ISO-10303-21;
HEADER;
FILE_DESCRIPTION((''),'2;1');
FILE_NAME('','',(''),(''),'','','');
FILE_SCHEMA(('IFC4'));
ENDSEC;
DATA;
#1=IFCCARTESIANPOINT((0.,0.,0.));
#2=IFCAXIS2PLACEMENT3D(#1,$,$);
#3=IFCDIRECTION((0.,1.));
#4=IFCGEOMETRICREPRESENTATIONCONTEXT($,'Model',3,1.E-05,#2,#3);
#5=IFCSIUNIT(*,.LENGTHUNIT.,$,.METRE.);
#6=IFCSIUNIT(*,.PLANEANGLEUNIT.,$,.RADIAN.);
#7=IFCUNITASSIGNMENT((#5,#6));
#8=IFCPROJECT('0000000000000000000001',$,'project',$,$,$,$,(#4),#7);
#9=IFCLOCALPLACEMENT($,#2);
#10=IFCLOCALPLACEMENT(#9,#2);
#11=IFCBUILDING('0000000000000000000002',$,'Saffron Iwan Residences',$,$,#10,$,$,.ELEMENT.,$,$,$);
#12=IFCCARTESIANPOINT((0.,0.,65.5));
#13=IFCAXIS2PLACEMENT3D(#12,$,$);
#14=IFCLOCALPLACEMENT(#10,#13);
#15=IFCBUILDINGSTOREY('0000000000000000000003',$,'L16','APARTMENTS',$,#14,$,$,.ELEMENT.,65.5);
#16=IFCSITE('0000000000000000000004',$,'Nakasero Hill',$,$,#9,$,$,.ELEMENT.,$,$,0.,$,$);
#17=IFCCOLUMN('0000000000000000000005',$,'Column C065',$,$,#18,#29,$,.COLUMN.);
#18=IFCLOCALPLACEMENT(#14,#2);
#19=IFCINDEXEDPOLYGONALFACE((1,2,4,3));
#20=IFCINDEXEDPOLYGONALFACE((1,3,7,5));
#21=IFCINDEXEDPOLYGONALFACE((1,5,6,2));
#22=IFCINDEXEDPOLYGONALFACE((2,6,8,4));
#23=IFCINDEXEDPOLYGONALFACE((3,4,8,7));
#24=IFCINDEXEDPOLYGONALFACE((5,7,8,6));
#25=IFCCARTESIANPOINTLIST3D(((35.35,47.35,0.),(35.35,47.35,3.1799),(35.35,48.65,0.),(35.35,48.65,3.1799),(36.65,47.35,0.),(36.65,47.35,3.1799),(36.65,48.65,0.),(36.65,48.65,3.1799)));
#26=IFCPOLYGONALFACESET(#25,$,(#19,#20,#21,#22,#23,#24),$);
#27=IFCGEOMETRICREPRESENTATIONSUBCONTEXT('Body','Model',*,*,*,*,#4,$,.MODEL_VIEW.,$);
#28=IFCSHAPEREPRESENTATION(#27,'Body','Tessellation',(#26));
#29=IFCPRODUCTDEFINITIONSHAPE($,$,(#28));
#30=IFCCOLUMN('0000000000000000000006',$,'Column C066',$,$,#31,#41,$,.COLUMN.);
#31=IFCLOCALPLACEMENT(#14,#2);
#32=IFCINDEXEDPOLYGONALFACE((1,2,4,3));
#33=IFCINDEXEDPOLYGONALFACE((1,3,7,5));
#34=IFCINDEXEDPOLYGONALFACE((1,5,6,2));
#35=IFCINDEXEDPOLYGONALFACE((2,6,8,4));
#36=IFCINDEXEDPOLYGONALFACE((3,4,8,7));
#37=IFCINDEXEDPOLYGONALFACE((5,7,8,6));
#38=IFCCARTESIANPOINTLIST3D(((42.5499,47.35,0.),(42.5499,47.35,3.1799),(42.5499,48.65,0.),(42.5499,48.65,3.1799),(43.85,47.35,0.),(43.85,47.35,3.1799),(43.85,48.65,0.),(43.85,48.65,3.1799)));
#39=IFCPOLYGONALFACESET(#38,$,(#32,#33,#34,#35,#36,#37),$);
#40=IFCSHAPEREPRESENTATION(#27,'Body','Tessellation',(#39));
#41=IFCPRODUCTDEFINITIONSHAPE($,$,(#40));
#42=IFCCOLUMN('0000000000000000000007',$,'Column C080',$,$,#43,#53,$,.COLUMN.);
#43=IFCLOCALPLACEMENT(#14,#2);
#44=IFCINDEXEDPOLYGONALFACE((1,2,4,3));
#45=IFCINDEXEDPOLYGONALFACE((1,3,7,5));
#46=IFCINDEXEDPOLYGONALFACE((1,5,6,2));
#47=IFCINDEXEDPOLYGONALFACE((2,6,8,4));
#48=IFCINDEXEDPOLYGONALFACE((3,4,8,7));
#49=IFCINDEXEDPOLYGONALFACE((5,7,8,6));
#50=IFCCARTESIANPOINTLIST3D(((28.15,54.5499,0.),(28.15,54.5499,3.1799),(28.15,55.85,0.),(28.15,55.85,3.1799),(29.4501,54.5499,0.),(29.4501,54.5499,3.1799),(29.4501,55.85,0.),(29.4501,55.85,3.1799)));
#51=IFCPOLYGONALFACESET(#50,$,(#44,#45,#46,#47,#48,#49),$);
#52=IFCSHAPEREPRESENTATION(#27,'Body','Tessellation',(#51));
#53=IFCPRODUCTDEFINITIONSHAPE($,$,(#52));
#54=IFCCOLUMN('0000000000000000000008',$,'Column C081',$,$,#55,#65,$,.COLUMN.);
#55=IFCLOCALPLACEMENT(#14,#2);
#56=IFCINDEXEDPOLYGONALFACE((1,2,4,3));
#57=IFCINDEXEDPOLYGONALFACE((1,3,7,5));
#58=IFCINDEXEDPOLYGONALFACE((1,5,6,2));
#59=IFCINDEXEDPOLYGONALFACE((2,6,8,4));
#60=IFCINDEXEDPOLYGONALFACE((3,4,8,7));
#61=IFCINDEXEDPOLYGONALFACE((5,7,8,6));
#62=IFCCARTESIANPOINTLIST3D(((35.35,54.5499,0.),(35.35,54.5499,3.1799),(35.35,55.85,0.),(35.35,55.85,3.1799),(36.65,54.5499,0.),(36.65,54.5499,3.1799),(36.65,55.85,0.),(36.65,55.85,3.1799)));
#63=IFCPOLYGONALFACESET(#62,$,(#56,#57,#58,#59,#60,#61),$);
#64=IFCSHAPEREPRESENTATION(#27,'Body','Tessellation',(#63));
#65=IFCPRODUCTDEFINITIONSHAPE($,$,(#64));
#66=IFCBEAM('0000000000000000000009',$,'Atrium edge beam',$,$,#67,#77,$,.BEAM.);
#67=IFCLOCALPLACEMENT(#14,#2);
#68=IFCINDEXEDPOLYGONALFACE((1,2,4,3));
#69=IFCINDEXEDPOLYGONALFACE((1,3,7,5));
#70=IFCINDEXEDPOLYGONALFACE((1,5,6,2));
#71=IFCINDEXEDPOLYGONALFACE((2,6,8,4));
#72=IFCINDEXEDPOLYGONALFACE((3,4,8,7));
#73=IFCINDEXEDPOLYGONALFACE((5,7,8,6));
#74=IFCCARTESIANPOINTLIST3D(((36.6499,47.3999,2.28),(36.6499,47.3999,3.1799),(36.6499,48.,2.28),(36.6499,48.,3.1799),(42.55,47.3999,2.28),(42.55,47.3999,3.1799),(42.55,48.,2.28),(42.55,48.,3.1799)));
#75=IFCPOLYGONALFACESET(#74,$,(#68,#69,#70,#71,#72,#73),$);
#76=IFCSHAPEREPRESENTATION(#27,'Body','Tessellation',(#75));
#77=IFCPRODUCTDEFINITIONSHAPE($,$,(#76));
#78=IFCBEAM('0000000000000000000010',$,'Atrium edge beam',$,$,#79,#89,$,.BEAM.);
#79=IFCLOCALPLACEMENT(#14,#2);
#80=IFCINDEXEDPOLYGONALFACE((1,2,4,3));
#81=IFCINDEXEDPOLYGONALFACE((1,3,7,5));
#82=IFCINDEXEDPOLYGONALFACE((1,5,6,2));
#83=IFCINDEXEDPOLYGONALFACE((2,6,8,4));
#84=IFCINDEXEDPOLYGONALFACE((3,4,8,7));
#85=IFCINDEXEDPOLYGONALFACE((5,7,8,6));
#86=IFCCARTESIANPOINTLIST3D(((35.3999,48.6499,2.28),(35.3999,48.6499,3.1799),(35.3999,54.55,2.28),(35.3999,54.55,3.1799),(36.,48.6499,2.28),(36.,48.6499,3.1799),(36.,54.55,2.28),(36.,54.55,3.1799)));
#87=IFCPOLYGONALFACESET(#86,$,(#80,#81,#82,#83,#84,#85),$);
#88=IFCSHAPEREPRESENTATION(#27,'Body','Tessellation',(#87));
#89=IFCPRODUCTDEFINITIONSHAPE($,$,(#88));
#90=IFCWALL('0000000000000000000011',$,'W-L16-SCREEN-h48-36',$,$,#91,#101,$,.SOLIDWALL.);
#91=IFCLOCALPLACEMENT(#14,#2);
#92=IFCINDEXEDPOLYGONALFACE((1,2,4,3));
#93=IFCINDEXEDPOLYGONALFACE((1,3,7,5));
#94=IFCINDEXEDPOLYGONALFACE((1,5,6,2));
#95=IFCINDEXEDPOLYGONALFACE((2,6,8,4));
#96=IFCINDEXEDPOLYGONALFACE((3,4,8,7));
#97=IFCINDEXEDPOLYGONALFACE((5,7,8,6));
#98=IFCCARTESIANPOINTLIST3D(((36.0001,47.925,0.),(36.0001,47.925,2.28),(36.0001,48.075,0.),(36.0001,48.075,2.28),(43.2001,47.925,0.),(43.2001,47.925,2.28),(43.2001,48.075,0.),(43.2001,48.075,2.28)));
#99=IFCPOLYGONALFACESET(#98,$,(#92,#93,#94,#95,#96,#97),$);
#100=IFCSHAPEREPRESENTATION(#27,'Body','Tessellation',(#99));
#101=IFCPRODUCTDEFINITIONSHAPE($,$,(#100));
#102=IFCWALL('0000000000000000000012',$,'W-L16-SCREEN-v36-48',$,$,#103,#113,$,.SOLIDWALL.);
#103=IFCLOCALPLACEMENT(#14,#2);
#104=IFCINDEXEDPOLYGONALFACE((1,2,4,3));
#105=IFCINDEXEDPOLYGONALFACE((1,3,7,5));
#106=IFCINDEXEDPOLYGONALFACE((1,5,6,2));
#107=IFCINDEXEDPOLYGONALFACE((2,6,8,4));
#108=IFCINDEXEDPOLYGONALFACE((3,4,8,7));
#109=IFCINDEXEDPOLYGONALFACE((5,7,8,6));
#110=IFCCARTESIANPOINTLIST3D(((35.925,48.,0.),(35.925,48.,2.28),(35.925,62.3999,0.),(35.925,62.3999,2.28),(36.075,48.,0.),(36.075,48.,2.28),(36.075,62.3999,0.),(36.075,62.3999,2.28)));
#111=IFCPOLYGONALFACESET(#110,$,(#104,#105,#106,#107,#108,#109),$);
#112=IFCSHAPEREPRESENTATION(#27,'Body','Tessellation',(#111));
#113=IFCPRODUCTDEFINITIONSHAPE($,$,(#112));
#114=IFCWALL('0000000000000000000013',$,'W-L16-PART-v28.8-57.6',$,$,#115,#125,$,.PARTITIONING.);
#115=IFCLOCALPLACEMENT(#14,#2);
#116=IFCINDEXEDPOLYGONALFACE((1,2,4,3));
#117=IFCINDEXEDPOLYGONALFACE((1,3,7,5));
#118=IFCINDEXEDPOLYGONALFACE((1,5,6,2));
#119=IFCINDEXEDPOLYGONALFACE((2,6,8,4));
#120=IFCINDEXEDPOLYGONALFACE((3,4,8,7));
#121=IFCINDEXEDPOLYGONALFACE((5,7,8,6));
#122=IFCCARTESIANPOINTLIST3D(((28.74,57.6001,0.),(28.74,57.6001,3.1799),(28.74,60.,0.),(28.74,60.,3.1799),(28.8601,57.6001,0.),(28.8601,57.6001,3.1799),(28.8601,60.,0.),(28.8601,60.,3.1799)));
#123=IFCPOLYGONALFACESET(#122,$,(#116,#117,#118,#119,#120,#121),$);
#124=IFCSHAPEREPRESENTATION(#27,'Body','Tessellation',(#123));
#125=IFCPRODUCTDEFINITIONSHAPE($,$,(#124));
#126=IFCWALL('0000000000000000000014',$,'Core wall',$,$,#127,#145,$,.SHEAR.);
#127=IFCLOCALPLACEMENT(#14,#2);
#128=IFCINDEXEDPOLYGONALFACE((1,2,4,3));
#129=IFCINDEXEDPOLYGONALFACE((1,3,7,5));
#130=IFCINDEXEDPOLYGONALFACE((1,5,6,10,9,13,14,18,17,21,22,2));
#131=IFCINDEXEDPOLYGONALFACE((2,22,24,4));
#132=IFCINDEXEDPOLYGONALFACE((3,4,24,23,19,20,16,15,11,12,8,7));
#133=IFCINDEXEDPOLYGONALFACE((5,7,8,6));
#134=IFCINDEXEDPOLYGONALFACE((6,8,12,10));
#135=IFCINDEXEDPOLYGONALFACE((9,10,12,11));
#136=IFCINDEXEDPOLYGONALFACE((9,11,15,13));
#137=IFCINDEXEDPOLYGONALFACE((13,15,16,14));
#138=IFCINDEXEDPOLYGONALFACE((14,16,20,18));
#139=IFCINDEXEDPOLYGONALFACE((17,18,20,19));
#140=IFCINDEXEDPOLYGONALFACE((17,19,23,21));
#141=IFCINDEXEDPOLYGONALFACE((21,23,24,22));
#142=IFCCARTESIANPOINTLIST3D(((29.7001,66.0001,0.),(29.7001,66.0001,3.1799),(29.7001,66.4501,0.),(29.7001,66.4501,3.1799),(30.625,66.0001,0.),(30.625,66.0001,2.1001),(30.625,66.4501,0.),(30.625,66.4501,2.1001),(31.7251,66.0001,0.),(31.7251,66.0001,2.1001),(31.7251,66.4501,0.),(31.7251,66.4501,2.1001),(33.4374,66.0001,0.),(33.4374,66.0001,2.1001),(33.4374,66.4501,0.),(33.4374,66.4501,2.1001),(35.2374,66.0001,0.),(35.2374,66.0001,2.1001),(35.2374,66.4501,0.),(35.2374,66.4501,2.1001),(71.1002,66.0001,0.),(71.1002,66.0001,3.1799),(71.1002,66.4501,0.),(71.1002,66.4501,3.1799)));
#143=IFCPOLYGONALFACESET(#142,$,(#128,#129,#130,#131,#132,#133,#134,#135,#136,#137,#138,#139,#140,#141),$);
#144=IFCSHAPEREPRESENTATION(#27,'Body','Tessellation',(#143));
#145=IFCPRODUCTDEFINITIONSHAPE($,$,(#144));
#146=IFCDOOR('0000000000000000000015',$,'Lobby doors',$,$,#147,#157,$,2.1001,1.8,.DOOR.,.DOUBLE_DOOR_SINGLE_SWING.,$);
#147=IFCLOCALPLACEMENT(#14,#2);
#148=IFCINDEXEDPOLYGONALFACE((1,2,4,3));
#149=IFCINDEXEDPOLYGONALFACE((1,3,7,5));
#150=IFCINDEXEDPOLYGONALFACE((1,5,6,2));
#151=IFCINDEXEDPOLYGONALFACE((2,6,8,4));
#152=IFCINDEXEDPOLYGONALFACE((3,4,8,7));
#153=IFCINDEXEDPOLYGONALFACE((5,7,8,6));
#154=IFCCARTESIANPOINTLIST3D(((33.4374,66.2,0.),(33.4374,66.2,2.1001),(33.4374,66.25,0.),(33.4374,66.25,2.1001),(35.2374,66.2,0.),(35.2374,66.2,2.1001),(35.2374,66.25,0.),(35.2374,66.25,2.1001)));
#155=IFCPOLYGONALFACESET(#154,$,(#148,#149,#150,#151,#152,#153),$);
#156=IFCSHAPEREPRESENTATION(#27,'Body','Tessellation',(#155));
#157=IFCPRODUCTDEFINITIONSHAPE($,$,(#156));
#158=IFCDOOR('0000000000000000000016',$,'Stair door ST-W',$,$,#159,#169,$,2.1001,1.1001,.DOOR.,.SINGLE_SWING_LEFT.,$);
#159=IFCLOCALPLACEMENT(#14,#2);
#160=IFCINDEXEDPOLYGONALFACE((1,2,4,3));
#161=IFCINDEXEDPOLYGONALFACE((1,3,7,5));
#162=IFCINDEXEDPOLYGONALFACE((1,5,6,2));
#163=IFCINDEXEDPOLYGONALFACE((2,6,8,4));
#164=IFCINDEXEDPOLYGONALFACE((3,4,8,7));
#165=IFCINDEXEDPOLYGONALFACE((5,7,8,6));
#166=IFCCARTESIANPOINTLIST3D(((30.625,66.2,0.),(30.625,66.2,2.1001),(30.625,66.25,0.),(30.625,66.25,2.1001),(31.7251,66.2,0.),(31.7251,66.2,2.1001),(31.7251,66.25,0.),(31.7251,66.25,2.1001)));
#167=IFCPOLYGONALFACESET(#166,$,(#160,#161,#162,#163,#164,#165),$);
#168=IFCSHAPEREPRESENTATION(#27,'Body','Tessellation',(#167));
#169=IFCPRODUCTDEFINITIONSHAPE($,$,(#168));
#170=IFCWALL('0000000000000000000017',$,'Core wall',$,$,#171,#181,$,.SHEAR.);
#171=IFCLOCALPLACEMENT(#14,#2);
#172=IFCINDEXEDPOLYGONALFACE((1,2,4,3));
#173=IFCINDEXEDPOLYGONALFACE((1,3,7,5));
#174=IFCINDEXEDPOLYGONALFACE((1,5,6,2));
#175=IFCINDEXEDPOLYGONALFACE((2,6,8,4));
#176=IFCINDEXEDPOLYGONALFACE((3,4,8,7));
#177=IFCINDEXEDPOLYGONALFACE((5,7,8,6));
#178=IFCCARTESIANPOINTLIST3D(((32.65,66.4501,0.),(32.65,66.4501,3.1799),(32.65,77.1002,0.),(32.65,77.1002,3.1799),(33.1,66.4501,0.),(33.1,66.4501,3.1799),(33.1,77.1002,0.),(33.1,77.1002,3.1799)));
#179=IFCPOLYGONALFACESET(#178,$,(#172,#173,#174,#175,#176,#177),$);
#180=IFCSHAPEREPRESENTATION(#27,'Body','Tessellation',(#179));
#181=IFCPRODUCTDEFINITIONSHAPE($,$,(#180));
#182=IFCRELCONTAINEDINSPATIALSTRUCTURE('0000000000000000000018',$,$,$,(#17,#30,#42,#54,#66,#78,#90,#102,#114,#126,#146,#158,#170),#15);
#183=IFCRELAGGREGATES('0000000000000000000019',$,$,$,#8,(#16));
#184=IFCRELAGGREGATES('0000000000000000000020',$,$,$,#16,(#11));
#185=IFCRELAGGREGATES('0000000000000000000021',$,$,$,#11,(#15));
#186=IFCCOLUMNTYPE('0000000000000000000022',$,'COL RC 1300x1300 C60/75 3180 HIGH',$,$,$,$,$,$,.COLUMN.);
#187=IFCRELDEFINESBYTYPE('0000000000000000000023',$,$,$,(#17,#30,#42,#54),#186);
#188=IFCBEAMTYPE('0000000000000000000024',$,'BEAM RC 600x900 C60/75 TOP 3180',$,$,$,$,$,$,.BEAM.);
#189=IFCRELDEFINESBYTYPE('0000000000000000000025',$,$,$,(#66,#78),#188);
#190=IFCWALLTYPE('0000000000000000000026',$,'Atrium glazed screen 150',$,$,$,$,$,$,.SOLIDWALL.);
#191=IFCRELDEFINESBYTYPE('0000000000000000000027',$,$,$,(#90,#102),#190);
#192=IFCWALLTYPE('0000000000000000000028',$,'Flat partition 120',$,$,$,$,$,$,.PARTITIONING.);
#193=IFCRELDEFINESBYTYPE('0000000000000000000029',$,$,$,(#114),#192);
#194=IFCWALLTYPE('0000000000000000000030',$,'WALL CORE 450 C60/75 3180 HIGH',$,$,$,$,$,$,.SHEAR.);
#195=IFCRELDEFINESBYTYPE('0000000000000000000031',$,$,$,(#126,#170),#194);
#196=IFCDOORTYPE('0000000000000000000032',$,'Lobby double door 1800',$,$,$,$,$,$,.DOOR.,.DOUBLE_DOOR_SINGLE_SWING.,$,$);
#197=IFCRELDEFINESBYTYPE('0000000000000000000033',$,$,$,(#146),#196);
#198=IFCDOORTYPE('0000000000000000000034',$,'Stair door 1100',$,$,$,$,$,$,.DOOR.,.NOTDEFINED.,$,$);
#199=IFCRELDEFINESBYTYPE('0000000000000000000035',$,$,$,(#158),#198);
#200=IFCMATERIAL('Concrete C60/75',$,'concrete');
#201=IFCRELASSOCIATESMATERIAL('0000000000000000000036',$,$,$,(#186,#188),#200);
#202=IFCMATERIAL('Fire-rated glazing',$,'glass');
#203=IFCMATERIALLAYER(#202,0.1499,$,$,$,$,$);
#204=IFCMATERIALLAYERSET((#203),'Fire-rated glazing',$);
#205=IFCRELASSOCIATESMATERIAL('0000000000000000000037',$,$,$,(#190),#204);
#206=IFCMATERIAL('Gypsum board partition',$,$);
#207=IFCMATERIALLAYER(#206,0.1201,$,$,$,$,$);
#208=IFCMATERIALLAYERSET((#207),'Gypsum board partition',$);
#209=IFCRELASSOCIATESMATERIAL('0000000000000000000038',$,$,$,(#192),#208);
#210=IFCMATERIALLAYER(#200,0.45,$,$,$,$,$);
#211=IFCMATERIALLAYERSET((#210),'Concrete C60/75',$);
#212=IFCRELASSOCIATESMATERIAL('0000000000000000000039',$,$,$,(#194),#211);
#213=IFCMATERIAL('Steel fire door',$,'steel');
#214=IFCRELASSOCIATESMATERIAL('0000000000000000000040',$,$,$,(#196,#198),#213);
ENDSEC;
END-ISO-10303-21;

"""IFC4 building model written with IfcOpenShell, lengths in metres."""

from ifc_helpers import new_model, si_unit, direction, frame, frame_2d, origin, origin_2d, place, context, subcontext, project, spatial, rectangle, extrude, source, transform, mapped, material, layer, layer_set, material_profile, profile_set, type_object, element, fill, save


model = new_model("IFC4")

# Units and contexts
model_context = context("Model", 3, precision=1e-05, world=origin(), true_north=direction((0.0, 1.0)))
body_context = subcontext(model_context, "Body", "Model", "MODEL_VIEW")
ifc_project = project(units=[si_unit("LENGTHUNIT", "METRE"), si_unit("PLANEANGLEUNIT", "RADIAN")], contexts=[model_context])

# Site, building, storey
site_placement = place(None, origin())
site = spatial("IfcSite", under=ifc_project, at=site_placement, Name="Nakasero Hill", CompositionType="ELEMENT", RefElevation=0.0)
building_placement = place(site_placement, origin())
building = spatial("IfcBuilding", under=site, at=building_placement, Name="Saffron Iwan Residences", CompositionType="ELEMENT")
storey_placement = place(building_placement, frame((0.0, 0.0, 65.5)))
storey = spatial("IfcBuildingStorey", under=building, at=storey_placement, Name="L16", Description="APARTMENTS", CompositionType="ELEMENT", Elevation=65.5)

# Columns
ifc_material_1 = material(Name="Concrete C60/75", Category="concrete")
ifc_material_profile_1 = material_profile(ifc_material_1, rectangle(XDim=1.3, YDim=1.3, at=origin_2d()), Name="RC 1300x1300")
ifc_profile_set_1 = profile_set([ifc_material_profile_1], Name="Concrete C60/75")
column_type = type_object("IfcColumnType", Name="COL RC 1300x1300 C60/75 3180 HIGH", PredefinedType="COLUMN", material=ifc_profile_set_1)
shared_shape_1 = source(origin(), body_context, "Body", "SweptSolid", [
    extrude(rectangle(XDim=1.3, YDim=1.3, at=origin_2d()), origin(), (0.0, 0.0, 1.0), 3.1799),
])
for number, where, z_axis, x_axis, name in (
    (1, (36.0, 48.0, 0.0), (0.0, 0.0, 1.0), (1.0, 0.0, 0.0), "Column C065"),
    (2, (43.2, 48.0, 0.0), (0.0, 0.0, 1.0), (1.0, 0.0, 0.0), "Column C066"),
    (3, (28.8, 55.2, 0.0), (0.0, 0.0, 1.0), (1.0, 0.0, 0.0), "Column C080"),
    (4, (36.0, 55.2, 0.0), (0.0, 0.0, 1.0), (1.0, 0.0, 0.0), "Column C081"),
):
    element("IfcColumn", number, at=place(storey_placement, frame(where, z_axis=z_axis, x_axis=x_axis)), inside=storey, type_object=column_type, Name=name, PredefinedType="COLUMN", context=body_context, shape_type="MappedRepresentation", body=[
        mapped(shared_shape_1, transform((0.0, 0.0, 0.0))),
    ])

# Beams
ifc_material_profile_2 = material_profile(ifc_material_1, rectangle(XDim=0.6001, YDim=0.8999, at=origin_2d()), Name="RC 600x900")
ifc_profile_set_2 = profile_set([ifc_material_profile_2], Name="Concrete C60/75")
beam_type = type_object("IfcBeamType", Name="BEAM RC 600x900 C60/75 TOP 3180", PredefinedType="BEAM", material=ifc_profile_set_2)
shared_shape_2 = source(origin(), body_context, "Body", "SweptSolid", [
    extrude(rectangle(XDim=0.6001, YDim=0.8999, at=origin_2d()), origin(), (0.0, 0.0, 1.0), 5.9001),
])
for number, where, z_axis, x_axis, name in (
    (5, (42.55, 47.7, 2.73), (-1.0, 0.0, 0.0), (0.0, -1.0, 0.0), "Atrium edge beam"),
    (6, (35.7, 48.6499, 2.73), (0.0, 1.0, 0.0), (-1.0, 0.0, 0.0), "Atrium edge beam"),
):
    element("IfcBeam", number, at=place(storey_placement, frame(where, z_axis=z_axis, x_axis=x_axis)), inside=storey, type_object=beam_type, Name=name, PredefinedType="BEAM", context=body_context, shape_type="MappedRepresentation", body=[
        mapped(shared_shape_2, transform((0.0, 0.0, 0.0))),
    ])

# Walls
ifc_material_2 = material(Name="Fire-rated glazing", Category="glass")
ifc_layer_1 = layer(ifc_material_2, 0.1499)
ifc_layer_set_1 = layer_set([ifc_layer_1], Name="Fire-rated glazing")
wall_type_1 = type_object("IfcWallType", Name="Atrium glazed screen 150", PredefinedType="SOLIDWALL", material=ifc_layer_set_1)
wall_1_placement = place(storey_placement, frame((36.0, 48.0, 0.0), z_axis=(0.0, 0.0, 1.0), x_axis=(1.0, 0.0, 0.0)))
element("IfcWall", 7, at=wall_1_placement, inside=storey, type_object=wall_type_1, Name="W-L16-SCREEN-h48-36", PredefinedType="SOLIDWALL", context=body_context, shape_type="SweptSolid", body=[
    extrude(rectangle(XDim=7.2, YDim=0.1499, at=frame_2d((3.6001, 0.0))), origin(), (0.0, 0.0, 1.0), 2.28),
])
wall_2_placement = place(storey_placement, frame((36.0, 48.0, 0.0), z_axis=(0.0, 0.0, 1.0), x_axis=(0.0, 1.0, 0.0)))
element("IfcWall", 8, at=wall_2_placement, inside=storey, type_object=wall_type_1, Name="W-L16-SCREEN-v36-48", PredefinedType="SOLIDWALL", context=body_context, shape_type="SweptSolid", body=[
    extrude(rectangle(XDim=14.3999, YDim=0.1499, at=frame_2d((7.2, 0.0))), origin(), (0.0, 0.0, 1.0), 2.28),
])
ifc_material_3 = material(Name="Gypsum board partition")
ifc_layer_2 = layer(ifc_material_3, 0.1201)
ifc_layer_set_2 = layer_set([ifc_layer_2], Name="Gypsum board partition")
wall_type_2 = type_object("IfcWallType", Name="Flat partition 120", PredefinedType="PARTITIONING", material=ifc_layer_set_2)
wall_3_placement = place(storey_placement, frame((28.8, 57.6001, 0.0), z_axis=(0.0, 0.0, 1.0), x_axis=(0.0, 1.0, 0.0)))
element("IfcWall", 9, at=wall_3_placement, inside=storey, type_object=wall_type_2, Name="W-L16-PART-v28.8-57.6", PredefinedType="PARTITIONING", context=body_context, shape_type="SweptSolid", body=[
    extrude(rectangle(XDim=2.3999, YDim=0.1201, at=frame_2d((1.2, 0.0))), origin(), (0.0, 0.0, 1.0), 3.1799),
])

# Wall, openings, doors
ifc_layer_3 = layer(ifc_material_1, 0.45)
ifc_layer_set_3 = layer_set([ifc_layer_3], Name="Concrete C60/75")
wall_type_3 = type_object("IfcWallType", Name="WALL CORE 450 C60/75 3180 HIGH", PredefinedType="SHEAR", material=ifc_layer_set_3)
wall_4_placement = place(storey_placement, frame((29.7, 66.2251, 0.0), z_axis=(0.0, 0.0, 1.0), x_axis=(1.0, 0.0, 0.0)))
wall_4 = element("IfcWall", 10, at=wall_4_placement, inside=storey, type_object=wall_type_3, Name="Core wall", PredefinedType="SHEAR", context=body_context, shape_type="SweptSolid", body=[
    extrude(rectangle(XDim=41.4001, YDim=0.45, at=frame_2d((20.7002, 0.0))), origin(), (0.0, 0.0, 1.0), 3.1799),
])
opening_1_placement = place(wall_4_placement, frame((0.925, 0.0, 0.0)))
opening_1 = element("IfcOpeningElement", 11, at=opening_1_placement, cuts=wall_4, PredefinedType="OPENING", context=body_context, shape_type="SweptSolid", body=[
    extrude(rectangle(XDim=1.1001, YDim=2.1001, at=frame_2d((0.55, 1.05))), frame((0.0, 0.2349, 0.0), z_axis=(0.0, -1.0, 0.0), x_axis=(1.0, 0.0, 0.0)), (0.0, 0.0, 1.0), 0.47),
])
opening_2_placement = place(wall_4_placement, frame((3.7375, 0.0, 0.0)))
opening_2 = element("IfcOpeningElement", 12, at=opening_2_placement, cuts=wall_4, PredefinedType="OPENING", context=body_context, shape_type="SweptSolid", body=[
    extrude(rectangle(XDim=1.8, YDim=2.1001, at=frame_2d((0.8999, 1.05))), frame((0.0, 0.2349, 0.0), z_axis=(0.0, -1.0, 0.0), x_axis=(1.0, 0.0, 0.0)), (0.0, 0.0, 1.0), 0.47),
])
ifc_material_4 = material(Name="Steel fire door", Category="steel")
door_type_1 = type_object("IfcDoorType", Name="Lobby double door 1800", OperationType="DOUBLE_DOOR_SINGLE_SWING", PredefinedType="DOOR", material=ifc_material_4)
door_1_placement = place(opening_2_placement, origin())
door_1 = element("IfcDoor", 13, at=door_1_placement, inside=storey, type_object=door_type_1, Name="Lobby doors", OperationType="DOUBLE_DOOR_SINGLE_SWING", OverallHeight=2.1001, OverallWidth=1.8, PredefinedType="DOOR", context=body_context, shape_type="SweptSolid", body=[
    extrude(rectangle(XDim=1.8, YDim=2.1001, at=frame_2d((0.8999, 1.05))), frame((0.0, 0.0249, 0.0), z_axis=(0.0, -1.0, 0.0), x_axis=(1.0, 0.0, 0.0)), (0.0, 0.0, 1.0), 0.05),
])
fill(opening_2, door_1)
door_type_2 = type_object("IfcDoorType", Name="Stair door 1100", OperationType="NOTDEFINED", PredefinedType="DOOR", material=ifc_material_4)
door_2_placement = place(opening_1_placement, origin())
door_2 = element("IfcDoor", 14, at=door_2_placement, inside=storey, type_object=door_type_2, Name="Stair door ST-W", OperationType="SINGLE_SWING_LEFT", OverallHeight=2.1001, OverallWidth=1.1001, PredefinedType="DOOR", context=body_context, shape_type="SweptSolid", body=[
    extrude(rectangle(XDim=1.1001, YDim=2.1001, at=frame_2d((0.55, 1.05))), frame((0.0, 0.0249, 0.0), z_axis=(0.0, -1.0, 0.0), x_axis=(1.0, 0.0, 0.0)), (0.0, 0.0, 1.0), 0.05),
])
fill(opening_1, door_2)

# Wall
wall_5_placement = place(storey_placement, frame((32.875, 66.45, 0.0), z_axis=(0.0, 0.0, 1.0), x_axis=(0.0, 1.0, 0.0)))
element("IfcWall", 15, at=wall_5_placement, inside=storey, type_object=wall_type_3, Name="Core wall", PredefinedType="SHEAR", context=body_context, shape_type="SweptSolid", body=[
    extrude(rectangle(XDim=10.6501, YDim=0.45, at=frame_2d((5.3252, 0.0))), origin(), (0.0, 0.0, 1.0), 3.1799),
])

save(model, "model.ifc")
